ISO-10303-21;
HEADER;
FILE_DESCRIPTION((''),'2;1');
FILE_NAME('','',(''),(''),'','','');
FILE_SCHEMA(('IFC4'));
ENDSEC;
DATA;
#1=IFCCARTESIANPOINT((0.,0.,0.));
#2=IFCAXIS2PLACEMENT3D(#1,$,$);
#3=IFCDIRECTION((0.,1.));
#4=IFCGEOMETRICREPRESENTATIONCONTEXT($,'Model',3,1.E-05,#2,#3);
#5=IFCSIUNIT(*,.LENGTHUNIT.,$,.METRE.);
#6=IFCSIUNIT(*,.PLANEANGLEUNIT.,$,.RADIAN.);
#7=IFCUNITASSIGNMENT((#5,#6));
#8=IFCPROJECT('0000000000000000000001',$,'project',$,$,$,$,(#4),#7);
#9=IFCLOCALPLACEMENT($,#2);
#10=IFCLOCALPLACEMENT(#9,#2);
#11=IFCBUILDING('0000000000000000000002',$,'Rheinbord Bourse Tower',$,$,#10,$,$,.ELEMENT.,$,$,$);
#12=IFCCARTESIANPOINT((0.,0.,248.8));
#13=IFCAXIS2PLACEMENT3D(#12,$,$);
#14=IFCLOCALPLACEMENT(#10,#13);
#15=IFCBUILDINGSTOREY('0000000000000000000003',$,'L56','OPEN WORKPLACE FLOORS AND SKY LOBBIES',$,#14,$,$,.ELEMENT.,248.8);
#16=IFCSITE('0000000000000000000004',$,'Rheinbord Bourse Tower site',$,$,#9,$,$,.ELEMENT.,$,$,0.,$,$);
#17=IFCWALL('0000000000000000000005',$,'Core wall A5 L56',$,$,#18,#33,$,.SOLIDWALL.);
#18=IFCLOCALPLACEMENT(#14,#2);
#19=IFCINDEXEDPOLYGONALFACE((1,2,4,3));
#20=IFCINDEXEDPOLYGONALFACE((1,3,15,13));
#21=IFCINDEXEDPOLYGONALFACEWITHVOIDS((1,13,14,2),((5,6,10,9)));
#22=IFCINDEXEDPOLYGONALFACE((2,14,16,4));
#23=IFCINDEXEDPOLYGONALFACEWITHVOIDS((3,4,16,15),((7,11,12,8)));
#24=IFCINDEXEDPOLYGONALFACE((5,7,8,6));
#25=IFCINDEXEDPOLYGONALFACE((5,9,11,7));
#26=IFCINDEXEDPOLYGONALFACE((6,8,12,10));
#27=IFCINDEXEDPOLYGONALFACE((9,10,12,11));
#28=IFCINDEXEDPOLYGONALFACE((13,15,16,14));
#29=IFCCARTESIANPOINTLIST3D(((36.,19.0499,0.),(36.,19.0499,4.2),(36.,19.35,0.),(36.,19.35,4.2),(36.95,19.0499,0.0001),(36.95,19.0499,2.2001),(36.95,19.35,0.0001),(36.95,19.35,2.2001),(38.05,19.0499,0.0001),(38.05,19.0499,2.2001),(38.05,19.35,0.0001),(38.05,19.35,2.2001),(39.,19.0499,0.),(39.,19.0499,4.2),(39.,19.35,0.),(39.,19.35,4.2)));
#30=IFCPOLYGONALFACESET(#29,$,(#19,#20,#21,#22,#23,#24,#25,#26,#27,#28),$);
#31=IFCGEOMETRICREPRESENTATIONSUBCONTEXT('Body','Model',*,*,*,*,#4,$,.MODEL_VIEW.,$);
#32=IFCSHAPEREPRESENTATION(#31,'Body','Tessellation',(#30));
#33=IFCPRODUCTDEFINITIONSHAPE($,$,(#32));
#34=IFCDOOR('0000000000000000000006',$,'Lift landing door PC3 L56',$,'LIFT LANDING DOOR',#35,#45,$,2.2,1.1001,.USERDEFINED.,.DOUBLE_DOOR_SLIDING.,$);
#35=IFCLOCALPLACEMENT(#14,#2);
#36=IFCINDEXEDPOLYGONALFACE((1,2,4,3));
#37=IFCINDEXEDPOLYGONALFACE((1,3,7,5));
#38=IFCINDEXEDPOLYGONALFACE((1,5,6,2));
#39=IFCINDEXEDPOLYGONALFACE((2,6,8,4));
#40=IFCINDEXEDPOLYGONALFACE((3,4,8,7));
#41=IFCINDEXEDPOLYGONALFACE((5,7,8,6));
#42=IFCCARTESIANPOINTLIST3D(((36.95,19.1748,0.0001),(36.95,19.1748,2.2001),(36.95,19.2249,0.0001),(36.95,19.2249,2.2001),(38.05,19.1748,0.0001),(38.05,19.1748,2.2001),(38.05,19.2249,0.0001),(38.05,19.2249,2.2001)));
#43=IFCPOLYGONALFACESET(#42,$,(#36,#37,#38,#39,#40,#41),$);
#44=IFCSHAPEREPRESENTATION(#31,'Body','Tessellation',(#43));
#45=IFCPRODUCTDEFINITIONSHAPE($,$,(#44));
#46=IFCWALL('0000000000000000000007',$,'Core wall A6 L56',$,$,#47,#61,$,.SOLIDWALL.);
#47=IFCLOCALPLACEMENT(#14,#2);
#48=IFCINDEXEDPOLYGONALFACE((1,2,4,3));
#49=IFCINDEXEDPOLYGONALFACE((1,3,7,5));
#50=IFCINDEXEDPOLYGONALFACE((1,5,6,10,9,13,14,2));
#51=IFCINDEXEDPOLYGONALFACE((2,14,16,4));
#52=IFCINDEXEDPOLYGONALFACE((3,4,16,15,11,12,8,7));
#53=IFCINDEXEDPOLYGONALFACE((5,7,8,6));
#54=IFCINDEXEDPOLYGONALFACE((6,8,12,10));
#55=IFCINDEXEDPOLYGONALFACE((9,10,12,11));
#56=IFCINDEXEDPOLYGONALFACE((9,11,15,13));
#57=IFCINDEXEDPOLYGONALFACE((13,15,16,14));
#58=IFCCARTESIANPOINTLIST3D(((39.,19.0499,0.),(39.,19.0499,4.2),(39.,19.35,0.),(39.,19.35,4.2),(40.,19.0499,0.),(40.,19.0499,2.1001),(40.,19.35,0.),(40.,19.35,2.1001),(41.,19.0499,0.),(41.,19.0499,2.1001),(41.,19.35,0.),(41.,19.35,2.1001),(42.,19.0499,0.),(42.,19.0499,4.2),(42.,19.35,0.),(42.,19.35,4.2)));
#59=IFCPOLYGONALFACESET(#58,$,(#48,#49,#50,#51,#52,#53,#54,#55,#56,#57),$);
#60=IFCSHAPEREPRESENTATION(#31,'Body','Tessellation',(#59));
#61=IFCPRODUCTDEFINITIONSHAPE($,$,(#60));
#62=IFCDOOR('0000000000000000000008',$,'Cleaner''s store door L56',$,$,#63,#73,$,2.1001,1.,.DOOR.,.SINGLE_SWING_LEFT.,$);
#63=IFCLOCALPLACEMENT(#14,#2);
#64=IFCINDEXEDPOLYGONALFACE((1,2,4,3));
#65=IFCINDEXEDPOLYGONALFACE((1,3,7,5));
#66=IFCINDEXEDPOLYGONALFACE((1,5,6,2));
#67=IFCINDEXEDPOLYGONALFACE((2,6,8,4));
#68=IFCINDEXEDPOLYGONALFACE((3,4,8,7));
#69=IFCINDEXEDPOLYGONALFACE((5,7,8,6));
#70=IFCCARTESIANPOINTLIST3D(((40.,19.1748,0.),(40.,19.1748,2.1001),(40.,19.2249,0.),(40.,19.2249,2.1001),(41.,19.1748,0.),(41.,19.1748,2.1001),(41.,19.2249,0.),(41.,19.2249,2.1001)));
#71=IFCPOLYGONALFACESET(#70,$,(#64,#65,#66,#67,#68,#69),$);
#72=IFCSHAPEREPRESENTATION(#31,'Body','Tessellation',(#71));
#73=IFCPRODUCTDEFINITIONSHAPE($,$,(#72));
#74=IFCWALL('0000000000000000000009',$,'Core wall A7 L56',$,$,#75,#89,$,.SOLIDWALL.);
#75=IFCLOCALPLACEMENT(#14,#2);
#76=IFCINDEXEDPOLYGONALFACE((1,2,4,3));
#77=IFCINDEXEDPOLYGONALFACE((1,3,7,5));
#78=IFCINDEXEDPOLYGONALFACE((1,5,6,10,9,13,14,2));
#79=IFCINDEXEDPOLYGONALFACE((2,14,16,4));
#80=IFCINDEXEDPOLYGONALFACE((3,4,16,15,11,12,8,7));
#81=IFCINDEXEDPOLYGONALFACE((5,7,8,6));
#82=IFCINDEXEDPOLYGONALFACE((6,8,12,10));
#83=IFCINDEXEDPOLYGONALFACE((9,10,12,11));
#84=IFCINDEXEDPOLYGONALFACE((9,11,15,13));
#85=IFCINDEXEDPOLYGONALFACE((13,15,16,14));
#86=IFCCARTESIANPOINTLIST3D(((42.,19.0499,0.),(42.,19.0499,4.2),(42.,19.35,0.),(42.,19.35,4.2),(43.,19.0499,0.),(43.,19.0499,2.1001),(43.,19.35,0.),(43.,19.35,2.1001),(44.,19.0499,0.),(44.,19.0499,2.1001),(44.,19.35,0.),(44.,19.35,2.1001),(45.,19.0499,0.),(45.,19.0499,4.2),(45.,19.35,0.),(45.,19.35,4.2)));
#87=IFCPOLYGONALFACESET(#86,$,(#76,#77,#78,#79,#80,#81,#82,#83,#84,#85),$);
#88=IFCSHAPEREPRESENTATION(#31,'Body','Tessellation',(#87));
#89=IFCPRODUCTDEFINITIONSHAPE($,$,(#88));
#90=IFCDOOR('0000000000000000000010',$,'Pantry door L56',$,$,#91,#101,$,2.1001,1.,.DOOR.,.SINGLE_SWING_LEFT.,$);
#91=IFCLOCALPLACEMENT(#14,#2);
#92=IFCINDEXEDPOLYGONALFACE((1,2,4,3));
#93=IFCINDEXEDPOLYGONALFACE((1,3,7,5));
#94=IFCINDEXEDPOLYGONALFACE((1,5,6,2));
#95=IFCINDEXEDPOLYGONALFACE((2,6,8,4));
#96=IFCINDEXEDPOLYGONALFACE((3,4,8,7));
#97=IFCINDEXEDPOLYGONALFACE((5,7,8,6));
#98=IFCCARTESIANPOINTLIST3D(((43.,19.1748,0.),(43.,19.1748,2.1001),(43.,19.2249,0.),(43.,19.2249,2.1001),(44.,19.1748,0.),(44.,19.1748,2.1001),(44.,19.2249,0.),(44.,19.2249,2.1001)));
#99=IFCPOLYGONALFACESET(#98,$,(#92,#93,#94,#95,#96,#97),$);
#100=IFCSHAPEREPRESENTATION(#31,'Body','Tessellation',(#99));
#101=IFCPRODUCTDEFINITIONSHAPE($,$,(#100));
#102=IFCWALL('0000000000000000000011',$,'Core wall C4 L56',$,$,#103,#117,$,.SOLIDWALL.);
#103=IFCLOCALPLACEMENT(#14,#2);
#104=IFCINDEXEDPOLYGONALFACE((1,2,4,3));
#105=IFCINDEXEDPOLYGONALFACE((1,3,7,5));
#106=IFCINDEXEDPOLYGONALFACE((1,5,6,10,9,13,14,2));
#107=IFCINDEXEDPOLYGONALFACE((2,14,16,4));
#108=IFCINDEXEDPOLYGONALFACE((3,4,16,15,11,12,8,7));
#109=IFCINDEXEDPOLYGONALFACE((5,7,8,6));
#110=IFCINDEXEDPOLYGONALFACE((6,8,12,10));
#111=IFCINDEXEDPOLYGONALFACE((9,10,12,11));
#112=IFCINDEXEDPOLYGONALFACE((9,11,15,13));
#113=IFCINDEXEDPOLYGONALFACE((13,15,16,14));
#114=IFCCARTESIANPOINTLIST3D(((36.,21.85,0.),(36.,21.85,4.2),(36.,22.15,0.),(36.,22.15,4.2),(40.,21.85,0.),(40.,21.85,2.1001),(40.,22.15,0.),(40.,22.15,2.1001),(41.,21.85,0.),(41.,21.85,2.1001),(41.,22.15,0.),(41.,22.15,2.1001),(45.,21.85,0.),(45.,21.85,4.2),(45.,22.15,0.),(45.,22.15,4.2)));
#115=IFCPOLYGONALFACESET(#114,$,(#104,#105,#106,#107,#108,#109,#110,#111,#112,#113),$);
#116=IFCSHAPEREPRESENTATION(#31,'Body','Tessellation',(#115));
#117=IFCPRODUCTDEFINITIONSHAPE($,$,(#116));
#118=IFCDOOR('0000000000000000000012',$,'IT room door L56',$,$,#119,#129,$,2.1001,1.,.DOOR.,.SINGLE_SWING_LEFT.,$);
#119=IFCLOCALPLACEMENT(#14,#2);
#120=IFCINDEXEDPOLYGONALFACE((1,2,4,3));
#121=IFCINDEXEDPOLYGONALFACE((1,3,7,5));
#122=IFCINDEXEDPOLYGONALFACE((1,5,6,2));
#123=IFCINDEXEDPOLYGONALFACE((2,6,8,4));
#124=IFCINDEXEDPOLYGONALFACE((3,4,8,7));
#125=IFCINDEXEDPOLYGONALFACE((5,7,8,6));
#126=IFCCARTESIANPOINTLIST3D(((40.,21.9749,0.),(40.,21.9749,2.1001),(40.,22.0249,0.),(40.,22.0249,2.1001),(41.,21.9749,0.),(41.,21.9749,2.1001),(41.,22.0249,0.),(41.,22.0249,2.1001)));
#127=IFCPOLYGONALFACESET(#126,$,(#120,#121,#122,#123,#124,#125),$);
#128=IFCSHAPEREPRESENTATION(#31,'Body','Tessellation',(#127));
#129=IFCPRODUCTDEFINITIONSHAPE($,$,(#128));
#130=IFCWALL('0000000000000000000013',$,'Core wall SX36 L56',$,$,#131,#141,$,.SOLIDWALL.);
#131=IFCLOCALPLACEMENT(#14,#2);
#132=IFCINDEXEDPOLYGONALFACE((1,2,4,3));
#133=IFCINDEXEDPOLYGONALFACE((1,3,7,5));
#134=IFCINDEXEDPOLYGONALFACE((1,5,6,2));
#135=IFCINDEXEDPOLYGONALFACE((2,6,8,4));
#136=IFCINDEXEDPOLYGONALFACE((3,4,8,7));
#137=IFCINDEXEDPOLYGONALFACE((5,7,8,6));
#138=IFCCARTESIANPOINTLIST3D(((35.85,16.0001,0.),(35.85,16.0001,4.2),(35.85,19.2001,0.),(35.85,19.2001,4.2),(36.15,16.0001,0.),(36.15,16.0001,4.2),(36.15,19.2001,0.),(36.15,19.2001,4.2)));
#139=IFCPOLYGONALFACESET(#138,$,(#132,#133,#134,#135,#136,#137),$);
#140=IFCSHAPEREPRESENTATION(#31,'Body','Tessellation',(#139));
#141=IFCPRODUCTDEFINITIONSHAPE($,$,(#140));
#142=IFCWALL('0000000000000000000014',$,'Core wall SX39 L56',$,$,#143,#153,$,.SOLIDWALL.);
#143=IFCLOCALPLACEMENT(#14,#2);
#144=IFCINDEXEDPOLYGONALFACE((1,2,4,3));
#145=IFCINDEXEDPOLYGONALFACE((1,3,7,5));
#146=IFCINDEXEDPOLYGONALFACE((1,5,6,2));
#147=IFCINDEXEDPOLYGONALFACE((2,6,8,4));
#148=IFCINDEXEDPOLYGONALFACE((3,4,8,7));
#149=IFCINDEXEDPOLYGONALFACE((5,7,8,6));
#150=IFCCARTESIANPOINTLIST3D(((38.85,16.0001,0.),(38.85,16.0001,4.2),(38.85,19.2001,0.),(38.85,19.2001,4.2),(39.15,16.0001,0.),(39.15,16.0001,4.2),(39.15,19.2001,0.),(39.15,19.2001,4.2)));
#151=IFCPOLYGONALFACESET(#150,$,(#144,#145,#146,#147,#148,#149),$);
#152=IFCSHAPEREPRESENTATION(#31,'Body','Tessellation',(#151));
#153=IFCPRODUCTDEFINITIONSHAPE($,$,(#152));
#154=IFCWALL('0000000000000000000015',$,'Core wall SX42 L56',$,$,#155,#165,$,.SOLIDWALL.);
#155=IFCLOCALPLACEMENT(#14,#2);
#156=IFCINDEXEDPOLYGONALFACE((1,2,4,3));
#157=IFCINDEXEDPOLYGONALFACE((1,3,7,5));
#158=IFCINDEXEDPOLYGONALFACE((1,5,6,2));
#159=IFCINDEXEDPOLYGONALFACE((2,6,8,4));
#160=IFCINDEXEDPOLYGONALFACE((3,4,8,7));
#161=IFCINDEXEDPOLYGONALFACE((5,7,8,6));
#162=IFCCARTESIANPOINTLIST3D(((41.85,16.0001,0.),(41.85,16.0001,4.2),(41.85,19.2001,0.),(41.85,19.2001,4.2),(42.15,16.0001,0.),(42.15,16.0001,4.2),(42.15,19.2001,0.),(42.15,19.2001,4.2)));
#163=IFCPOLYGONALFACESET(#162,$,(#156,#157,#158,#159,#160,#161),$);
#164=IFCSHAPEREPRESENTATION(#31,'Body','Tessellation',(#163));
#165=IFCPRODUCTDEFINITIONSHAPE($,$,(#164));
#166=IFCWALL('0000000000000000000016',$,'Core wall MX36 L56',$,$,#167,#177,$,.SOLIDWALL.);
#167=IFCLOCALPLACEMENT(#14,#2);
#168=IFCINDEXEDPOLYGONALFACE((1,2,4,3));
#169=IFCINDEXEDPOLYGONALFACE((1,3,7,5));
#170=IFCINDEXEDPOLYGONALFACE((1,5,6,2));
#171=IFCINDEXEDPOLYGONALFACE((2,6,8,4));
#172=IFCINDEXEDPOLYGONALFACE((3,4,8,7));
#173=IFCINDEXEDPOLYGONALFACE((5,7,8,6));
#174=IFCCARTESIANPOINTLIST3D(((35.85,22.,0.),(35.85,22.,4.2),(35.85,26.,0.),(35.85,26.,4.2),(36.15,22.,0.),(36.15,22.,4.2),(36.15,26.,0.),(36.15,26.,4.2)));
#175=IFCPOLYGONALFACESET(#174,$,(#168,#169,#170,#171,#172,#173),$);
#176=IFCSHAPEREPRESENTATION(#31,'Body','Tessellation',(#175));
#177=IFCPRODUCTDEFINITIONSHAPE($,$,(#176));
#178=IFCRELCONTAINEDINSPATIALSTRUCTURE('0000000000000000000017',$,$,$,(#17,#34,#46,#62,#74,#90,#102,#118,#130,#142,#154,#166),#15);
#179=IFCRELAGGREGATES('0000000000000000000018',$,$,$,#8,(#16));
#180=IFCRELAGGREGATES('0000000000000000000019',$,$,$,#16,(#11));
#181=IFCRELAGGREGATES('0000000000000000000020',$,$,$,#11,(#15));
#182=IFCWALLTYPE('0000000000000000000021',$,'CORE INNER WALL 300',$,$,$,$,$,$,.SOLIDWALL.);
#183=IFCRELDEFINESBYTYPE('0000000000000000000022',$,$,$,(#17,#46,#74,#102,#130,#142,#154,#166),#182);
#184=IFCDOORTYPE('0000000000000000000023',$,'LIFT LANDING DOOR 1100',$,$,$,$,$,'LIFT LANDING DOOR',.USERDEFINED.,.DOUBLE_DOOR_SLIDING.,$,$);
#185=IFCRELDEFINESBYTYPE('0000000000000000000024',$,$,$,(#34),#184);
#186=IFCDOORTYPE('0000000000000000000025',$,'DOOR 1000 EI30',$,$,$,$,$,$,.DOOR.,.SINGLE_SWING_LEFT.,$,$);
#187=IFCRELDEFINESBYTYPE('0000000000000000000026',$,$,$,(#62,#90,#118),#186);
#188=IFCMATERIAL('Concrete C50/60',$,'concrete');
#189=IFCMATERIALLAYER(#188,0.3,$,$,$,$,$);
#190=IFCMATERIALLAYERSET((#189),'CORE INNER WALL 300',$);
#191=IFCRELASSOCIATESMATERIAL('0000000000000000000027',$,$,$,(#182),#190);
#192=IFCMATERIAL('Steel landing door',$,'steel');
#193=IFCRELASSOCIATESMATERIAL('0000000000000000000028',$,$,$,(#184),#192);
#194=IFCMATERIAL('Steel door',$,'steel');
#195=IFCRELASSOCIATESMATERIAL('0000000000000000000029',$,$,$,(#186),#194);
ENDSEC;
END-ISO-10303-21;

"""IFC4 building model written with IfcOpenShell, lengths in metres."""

from ifc_helpers import new_model, si_unit, direction, frame, frame_2d, origin, place, context, subcontext, project, spatial, rectangle, extrude, material, layer, layer_set, type_object, element, fill, save


model = new_model("IFC4")

# Units and contexts
model_context = context("Model", 3, precision=1e-05, world=origin(), true_north=direction((0.0, 1.0)))
body_context = subcontext(model_context, "Body", "Model", "MODEL_VIEW")
ifc_project = project(units=[si_unit("LENGTHUNIT", "METRE"), si_unit("PLANEANGLEUNIT", "RADIAN")], contexts=[model_context])

# Site, building, storey
site_placement = place(None, origin())
site = spatial("IfcSite", under=ifc_project, at=site_placement, Name="Rheinbord Bourse Tower site", CompositionType="ELEMENT", RefElevation=0.0)
building_placement = place(site_placement, origin())
building = spatial("IfcBuilding", under=site, at=building_placement, Name="Rheinbord Bourse Tower", CompositionType="ELEMENT")
storey_placement = place(building_placement, frame((0.0, 0.0, 248.8)))
storey = spatial("IfcBuildingStorey", under=building, at=storey_placement, Name="L56", Description="OPEN WORKPLACE FLOORS AND SKY LOBBIES", CompositionType="ELEMENT", Elevation=248.8)

# Walls, openings, doors
ifc_material_1 = material(Name="Concrete C50/60", Category="concrete")
ifc_layer_1 = layer(ifc_material_1, 0.3)
ifc_layer_set_1 = layer_set([ifc_layer_1], Name="CORE INNER WALL 300")
wall_type_1 = type_object("IfcWallType", Name="CORE INNER WALL 300", PredefinedType="SOLIDWALL", material=ifc_layer_set_1)
wall_1_placement = place(storey_placement, frame((36.0, 19.2, 0.0), z_axis=(0.0, 0.0, 1.0), x_axis=(1.0, 0.0, 0.0)))
wall_1 = element("IfcWall", 1, at=wall_1_placement, inside=storey, type_object=wall_type_1, Name="Core wall A5 L56", PredefinedType="SOLIDWALL", context=body_context, shape_type="SweptSolid", body=[
    extrude(rectangle(XDim=3.0, YDim=0.3, at=frame_2d((1.5, 0.0))), origin(), (0.0, 0.0, 1.0), 4.2),
])
opening_1_placement = place(wall_1_placement, frame((0.95, 0.0, 0.0)))
opening_1 = element("IfcOpeningElement", 2, at=opening_1_placement, cuts=wall_1, PredefinedType="OPENING", context=body_context, shape_type="SweptSolid", body=[
    extrude(rectangle(XDim=1.1001, YDim=2.2, at=frame_2d((0.55, 1.1001))), frame((0.0, 0.1599, 0.0), z_axis=(0.0, -1.0, 0.0), x_axis=(1.0, 0.0, 0.0)), (0.0, 0.0, 1.0), 0.3201),
])
ifc_material_2 = material(Name="Steel landing door", Category="steel")
door_type_1 = type_object("IfcDoorType", Name="LIFT LANDING DOOR 1100", ElementType="LIFT LANDING DOOR", OperationType="DOUBLE_DOOR_SLIDING", PredefinedType="USERDEFINED", material=ifc_material_2)
door_1_placement = place(opening_1_placement, origin())
door_1 = element("IfcDoor", 3, at=door_1_placement, inside=storey, type_object=door_type_1, Name="Lift landing door PC3 L56", ObjectType="LIFT LANDING DOOR", OperationType="DOUBLE_DOOR_SLIDING", OverallHeight=2.2, OverallWidth=1.1001, PredefinedType="USERDEFINED", context=body_context, shape_type="SweptSolid", body=[
    extrude(rectangle(XDim=1.1001, YDim=2.2, at=frame_2d((0.55, 1.1001))), frame((0.0, 0.0249, 0.0), z_axis=(0.0, -1.0, 0.0), x_axis=(1.0, 0.0, 0.0)), (0.0, 0.0, 1.0), 0.05),
])
fill(opening_1, door_1)
wall_2_placement = place(storey_placement, frame((39.0, 19.2, 0.0), z_axis=(0.0, 0.0, 1.0), x_axis=(1.0, 0.0, 0.0)))
wall_2 = element("IfcWall", 4, at=wall_2_placement, inside=storey, type_object=wall_type_1, Name="Core wall A6 L56", PredefinedType="SOLIDWALL", context=body_context, shape_type="SweptSolid", body=[
    extrude(rectangle(XDim=3.0, YDim=0.3, at=frame_2d((1.5, 0.0))), origin(), (0.0, 0.0, 1.0), 4.2),
])
opening_2_placement = place(wall_2_placement, frame((1.0, 0.0, 0.0)))
opening_2 = element("IfcOpeningElement", 5, at=opening_2_placement, cuts=wall_2, PredefinedType="OPENING", context=body_context, shape_type="SweptSolid", body=[
    extrude(rectangle(XDim=1.0, YDim=2.1001, at=frame_2d((0.5, 1.05))), frame((0.0, 0.1599, 0.0), z_axis=(0.0, -1.0, 0.0), x_axis=(1.0, 0.0, 0.0)), (0.0, 0.0, 1.0), 0.3201),
])
ifc_material_3 = material(Name="Steel door", Category="steel")
door_type_2 = type_object("IfcDoorType", Name="DOOR 1000 EI30", OperationType="SINGLE_SWING_LEFT", PredefinedType="DOOR", material=ifc_material_3)
door_2_placement = place(opening_2_placement, origin())
door_2 = element("IfcDoor", 6, at=door_2_placement, inside=storey, type_object=door_type_2, Name="Cleaner's store door L56", OperationType="SINGLE_SWING_LEFT", OverallHeight=2.1001, OverallWidth=1.0, PredefinedType="DOOR", context=body_context, shape_type="SweptSolid", body=[
    extrude(rectangle(XDim=1.0, YDim=2.1001, at=frame_2d((0.5, 1.05))), frame((0.0, 0.0249, 0.0), z_axis=(0.0, -1.0, 0.0), x_axis=(1.0, 0.0, 0.0)), (0.0, 0.0, 1.0), 0.05),
])
fill(opening_2, door_2)
wall_3_placement = place(storey_placement, frame((42.0, 19.2, 0.0), z_axis=(0.0, 0.0, 1.0), x_axis=(1.0, 0.0, 0.0)))
wall_3 = element("IfcWall", 7, at=wall_3_placement, inside=storey, type_object=wall_type_1, Name="Core wall A7 L56", PredefinedType="SOLIDWALL", context=body_context, shape_type="SweptSolid", body=[
    extrude(rectangle(XDim=3.0, YDim=0.3, at=frame_2d((1.5, 0.0))), origin(), (0.0, 0.0, 1.0), 4.2),
])
opening_3_placement = place(wall_3_placement, frame((1.0, 0.0, 0.0)))
opening_3 = element("IfcOpeningElement", 8, at=opening_3_placement, cuts=wall_3, PredefinedType="OPENING", context=body_context, shape_type="SweptSolid", body=[
    extrude(rectangle(XDim=1.0, YDim=2.1001, at=frame_2d((0.5, 1.05))), frame((0.0, 0.1599, 0.0), z_axis=(0.0, -1.0, 0.0), x_axis=(1.0, 0.0, 0.0)), (0.0, 0.0, 1.0), 0.3201),
])
door_3_placement = place(opening_3_placement, origin())
door_3 = element("IfcDoor", 9, at=door_3_placement, inside=storey, type_object=door_type_2, Name="Pantry door L56", OperationType="SINGLE_SWING_LEFT", OverallHeight=2.1001, OverallWidth=1.0, PredefinedType="DOOR", context=body_context, shape_type="SweptSolid", body=[
    extrude(rectangle(XDim=1.0, YDim=2.1001, at=frame_2d((0.5, 1.05))), frame((0.0, 0.0249, 0.0), z_axis=(0.0, -1.0, 0.0), x_axis=(1.0, 0.0, 0.0)), (0.0, 0.0, 1.0), 0.05),
])
fill(opening_3, door_3)
wall_4_placement = place(storey_placement, frame((36.0, 22.0, 0.0), z_axis=(0.0, 0.0, 1.0), x_axis=(1.0, 0.0, 0.0)))
wall_4 = element("IfcWall", 10, at=wall_4_placement, inside=storey, type_object=wall_type_1, Name="Core wall C4 L56", PredefinedType="SOLIDWALL", context=body_context, shape_type="SweptSolid", body=[
    extrude(rectangle(XDim=9.0, YDim=0.3, at=frame_2d((4.5, 0.0))), origin(), (0.0, 0.0, 1.0), 4.2),
])
opening_4_placement = place(wall_4_placement, frame((4.0, 0.0, 0.0)))
opening_4 = element("IfcOpeningElement", 11, at=opening_4_placement, cuts=wall_4, PredefinedType="OPENING", context=body_context, shape_type="SweptSolid", body=[
    extrude(rectangle(XDim=1.0, YDim=2.1001, at=frame_2d((0.5, 1.05))), frame((0.0, 0.1599, 0.0), z_axis=(0.0, -1.0, 0.0), x_axis=(1.0, 0.0, 0.0)), (0.0, 0.0, 1.0), 0.3201),
])
door_4_placement = place(opening_4_placement, origin())
door_4 = element("IfcDoor", 12, at=door_4_placement, inside=storey, type_object=door_type_2, Name="IT room door L56", OperationType="SINGLE_SWING_LEFT", OverallHeight=2.1001, OverallWidth=1.0, PredefinedType="DOOR", context=body_context, shape_type="SweptSolid", body=[
    extrude(rectangle(XDim=1.0, YDim=2.1001, at=frame_2d((0.5, 1.05))), frame((0.0, 0.0249, 0.0), z_axis=(0.0, -1.0, 0.0), x_axis=(1.0, 0.0, 0.0)), (0.0, 0.0, 1.0), 0.05),
])
fill(opening_4, door_4)

# Walls
for number, where, z_axis, x_axis, name in (
    (13, (36.0, 16.0, 0.0), (0.0, 0.0, 1.0), (0.0, 1.0, 0.0), "Core wall SX36 L56"),
    (14, (39.0, 16.0, 0.0), (0.0, 0.0, 1.0), (0.0, 1.0, 0.0), "Core wall SX39 L56"),
    (15, (42.0, 16.0, 0.0), (0.0, 0.0, 1.0), (0.0, 1.0, 0.0), "Core wall SX42 L56"),
):
    element("IfcWall", number, at=place(storey_placement, frame(where, z_axis=z_axis, x_axis=x_axis)), inside=storey, type_object=wall_type_1, Name=name, PredefinedType="SOLIDWALL", context=body_context, shape_type="SweptSolid", body=[
        extrude(rectangle(XDim=3.2, YDim=0.3, at=frame_2d((1.6001, 0.0))), origin(), (0.0, 0.0, 1.0), 4.2),
    ])
wall_5_placement = place(storey_placement, frame((36.0, 22.0, 0.0), z_axis=(0.0, 0.0, 1.0), x_axis=(0.0, 1.0, 0.0)))
element("IfcWall", 16, at=wall_5_placement, inside=storey, type_object=wall_type_1, Name="Core wall MX36 L56", PredefinedType="SOLIDWALL", context=body_context, shape_type="SweptSolid", body=[
    extrude(rectangle(XDim=4.0, YDim=0.3, at=frame_2d((2.0, 0.0))), origin(), (0.0, 0.0, 1.0), 4.2),
])

save(model, "model.ifc")
